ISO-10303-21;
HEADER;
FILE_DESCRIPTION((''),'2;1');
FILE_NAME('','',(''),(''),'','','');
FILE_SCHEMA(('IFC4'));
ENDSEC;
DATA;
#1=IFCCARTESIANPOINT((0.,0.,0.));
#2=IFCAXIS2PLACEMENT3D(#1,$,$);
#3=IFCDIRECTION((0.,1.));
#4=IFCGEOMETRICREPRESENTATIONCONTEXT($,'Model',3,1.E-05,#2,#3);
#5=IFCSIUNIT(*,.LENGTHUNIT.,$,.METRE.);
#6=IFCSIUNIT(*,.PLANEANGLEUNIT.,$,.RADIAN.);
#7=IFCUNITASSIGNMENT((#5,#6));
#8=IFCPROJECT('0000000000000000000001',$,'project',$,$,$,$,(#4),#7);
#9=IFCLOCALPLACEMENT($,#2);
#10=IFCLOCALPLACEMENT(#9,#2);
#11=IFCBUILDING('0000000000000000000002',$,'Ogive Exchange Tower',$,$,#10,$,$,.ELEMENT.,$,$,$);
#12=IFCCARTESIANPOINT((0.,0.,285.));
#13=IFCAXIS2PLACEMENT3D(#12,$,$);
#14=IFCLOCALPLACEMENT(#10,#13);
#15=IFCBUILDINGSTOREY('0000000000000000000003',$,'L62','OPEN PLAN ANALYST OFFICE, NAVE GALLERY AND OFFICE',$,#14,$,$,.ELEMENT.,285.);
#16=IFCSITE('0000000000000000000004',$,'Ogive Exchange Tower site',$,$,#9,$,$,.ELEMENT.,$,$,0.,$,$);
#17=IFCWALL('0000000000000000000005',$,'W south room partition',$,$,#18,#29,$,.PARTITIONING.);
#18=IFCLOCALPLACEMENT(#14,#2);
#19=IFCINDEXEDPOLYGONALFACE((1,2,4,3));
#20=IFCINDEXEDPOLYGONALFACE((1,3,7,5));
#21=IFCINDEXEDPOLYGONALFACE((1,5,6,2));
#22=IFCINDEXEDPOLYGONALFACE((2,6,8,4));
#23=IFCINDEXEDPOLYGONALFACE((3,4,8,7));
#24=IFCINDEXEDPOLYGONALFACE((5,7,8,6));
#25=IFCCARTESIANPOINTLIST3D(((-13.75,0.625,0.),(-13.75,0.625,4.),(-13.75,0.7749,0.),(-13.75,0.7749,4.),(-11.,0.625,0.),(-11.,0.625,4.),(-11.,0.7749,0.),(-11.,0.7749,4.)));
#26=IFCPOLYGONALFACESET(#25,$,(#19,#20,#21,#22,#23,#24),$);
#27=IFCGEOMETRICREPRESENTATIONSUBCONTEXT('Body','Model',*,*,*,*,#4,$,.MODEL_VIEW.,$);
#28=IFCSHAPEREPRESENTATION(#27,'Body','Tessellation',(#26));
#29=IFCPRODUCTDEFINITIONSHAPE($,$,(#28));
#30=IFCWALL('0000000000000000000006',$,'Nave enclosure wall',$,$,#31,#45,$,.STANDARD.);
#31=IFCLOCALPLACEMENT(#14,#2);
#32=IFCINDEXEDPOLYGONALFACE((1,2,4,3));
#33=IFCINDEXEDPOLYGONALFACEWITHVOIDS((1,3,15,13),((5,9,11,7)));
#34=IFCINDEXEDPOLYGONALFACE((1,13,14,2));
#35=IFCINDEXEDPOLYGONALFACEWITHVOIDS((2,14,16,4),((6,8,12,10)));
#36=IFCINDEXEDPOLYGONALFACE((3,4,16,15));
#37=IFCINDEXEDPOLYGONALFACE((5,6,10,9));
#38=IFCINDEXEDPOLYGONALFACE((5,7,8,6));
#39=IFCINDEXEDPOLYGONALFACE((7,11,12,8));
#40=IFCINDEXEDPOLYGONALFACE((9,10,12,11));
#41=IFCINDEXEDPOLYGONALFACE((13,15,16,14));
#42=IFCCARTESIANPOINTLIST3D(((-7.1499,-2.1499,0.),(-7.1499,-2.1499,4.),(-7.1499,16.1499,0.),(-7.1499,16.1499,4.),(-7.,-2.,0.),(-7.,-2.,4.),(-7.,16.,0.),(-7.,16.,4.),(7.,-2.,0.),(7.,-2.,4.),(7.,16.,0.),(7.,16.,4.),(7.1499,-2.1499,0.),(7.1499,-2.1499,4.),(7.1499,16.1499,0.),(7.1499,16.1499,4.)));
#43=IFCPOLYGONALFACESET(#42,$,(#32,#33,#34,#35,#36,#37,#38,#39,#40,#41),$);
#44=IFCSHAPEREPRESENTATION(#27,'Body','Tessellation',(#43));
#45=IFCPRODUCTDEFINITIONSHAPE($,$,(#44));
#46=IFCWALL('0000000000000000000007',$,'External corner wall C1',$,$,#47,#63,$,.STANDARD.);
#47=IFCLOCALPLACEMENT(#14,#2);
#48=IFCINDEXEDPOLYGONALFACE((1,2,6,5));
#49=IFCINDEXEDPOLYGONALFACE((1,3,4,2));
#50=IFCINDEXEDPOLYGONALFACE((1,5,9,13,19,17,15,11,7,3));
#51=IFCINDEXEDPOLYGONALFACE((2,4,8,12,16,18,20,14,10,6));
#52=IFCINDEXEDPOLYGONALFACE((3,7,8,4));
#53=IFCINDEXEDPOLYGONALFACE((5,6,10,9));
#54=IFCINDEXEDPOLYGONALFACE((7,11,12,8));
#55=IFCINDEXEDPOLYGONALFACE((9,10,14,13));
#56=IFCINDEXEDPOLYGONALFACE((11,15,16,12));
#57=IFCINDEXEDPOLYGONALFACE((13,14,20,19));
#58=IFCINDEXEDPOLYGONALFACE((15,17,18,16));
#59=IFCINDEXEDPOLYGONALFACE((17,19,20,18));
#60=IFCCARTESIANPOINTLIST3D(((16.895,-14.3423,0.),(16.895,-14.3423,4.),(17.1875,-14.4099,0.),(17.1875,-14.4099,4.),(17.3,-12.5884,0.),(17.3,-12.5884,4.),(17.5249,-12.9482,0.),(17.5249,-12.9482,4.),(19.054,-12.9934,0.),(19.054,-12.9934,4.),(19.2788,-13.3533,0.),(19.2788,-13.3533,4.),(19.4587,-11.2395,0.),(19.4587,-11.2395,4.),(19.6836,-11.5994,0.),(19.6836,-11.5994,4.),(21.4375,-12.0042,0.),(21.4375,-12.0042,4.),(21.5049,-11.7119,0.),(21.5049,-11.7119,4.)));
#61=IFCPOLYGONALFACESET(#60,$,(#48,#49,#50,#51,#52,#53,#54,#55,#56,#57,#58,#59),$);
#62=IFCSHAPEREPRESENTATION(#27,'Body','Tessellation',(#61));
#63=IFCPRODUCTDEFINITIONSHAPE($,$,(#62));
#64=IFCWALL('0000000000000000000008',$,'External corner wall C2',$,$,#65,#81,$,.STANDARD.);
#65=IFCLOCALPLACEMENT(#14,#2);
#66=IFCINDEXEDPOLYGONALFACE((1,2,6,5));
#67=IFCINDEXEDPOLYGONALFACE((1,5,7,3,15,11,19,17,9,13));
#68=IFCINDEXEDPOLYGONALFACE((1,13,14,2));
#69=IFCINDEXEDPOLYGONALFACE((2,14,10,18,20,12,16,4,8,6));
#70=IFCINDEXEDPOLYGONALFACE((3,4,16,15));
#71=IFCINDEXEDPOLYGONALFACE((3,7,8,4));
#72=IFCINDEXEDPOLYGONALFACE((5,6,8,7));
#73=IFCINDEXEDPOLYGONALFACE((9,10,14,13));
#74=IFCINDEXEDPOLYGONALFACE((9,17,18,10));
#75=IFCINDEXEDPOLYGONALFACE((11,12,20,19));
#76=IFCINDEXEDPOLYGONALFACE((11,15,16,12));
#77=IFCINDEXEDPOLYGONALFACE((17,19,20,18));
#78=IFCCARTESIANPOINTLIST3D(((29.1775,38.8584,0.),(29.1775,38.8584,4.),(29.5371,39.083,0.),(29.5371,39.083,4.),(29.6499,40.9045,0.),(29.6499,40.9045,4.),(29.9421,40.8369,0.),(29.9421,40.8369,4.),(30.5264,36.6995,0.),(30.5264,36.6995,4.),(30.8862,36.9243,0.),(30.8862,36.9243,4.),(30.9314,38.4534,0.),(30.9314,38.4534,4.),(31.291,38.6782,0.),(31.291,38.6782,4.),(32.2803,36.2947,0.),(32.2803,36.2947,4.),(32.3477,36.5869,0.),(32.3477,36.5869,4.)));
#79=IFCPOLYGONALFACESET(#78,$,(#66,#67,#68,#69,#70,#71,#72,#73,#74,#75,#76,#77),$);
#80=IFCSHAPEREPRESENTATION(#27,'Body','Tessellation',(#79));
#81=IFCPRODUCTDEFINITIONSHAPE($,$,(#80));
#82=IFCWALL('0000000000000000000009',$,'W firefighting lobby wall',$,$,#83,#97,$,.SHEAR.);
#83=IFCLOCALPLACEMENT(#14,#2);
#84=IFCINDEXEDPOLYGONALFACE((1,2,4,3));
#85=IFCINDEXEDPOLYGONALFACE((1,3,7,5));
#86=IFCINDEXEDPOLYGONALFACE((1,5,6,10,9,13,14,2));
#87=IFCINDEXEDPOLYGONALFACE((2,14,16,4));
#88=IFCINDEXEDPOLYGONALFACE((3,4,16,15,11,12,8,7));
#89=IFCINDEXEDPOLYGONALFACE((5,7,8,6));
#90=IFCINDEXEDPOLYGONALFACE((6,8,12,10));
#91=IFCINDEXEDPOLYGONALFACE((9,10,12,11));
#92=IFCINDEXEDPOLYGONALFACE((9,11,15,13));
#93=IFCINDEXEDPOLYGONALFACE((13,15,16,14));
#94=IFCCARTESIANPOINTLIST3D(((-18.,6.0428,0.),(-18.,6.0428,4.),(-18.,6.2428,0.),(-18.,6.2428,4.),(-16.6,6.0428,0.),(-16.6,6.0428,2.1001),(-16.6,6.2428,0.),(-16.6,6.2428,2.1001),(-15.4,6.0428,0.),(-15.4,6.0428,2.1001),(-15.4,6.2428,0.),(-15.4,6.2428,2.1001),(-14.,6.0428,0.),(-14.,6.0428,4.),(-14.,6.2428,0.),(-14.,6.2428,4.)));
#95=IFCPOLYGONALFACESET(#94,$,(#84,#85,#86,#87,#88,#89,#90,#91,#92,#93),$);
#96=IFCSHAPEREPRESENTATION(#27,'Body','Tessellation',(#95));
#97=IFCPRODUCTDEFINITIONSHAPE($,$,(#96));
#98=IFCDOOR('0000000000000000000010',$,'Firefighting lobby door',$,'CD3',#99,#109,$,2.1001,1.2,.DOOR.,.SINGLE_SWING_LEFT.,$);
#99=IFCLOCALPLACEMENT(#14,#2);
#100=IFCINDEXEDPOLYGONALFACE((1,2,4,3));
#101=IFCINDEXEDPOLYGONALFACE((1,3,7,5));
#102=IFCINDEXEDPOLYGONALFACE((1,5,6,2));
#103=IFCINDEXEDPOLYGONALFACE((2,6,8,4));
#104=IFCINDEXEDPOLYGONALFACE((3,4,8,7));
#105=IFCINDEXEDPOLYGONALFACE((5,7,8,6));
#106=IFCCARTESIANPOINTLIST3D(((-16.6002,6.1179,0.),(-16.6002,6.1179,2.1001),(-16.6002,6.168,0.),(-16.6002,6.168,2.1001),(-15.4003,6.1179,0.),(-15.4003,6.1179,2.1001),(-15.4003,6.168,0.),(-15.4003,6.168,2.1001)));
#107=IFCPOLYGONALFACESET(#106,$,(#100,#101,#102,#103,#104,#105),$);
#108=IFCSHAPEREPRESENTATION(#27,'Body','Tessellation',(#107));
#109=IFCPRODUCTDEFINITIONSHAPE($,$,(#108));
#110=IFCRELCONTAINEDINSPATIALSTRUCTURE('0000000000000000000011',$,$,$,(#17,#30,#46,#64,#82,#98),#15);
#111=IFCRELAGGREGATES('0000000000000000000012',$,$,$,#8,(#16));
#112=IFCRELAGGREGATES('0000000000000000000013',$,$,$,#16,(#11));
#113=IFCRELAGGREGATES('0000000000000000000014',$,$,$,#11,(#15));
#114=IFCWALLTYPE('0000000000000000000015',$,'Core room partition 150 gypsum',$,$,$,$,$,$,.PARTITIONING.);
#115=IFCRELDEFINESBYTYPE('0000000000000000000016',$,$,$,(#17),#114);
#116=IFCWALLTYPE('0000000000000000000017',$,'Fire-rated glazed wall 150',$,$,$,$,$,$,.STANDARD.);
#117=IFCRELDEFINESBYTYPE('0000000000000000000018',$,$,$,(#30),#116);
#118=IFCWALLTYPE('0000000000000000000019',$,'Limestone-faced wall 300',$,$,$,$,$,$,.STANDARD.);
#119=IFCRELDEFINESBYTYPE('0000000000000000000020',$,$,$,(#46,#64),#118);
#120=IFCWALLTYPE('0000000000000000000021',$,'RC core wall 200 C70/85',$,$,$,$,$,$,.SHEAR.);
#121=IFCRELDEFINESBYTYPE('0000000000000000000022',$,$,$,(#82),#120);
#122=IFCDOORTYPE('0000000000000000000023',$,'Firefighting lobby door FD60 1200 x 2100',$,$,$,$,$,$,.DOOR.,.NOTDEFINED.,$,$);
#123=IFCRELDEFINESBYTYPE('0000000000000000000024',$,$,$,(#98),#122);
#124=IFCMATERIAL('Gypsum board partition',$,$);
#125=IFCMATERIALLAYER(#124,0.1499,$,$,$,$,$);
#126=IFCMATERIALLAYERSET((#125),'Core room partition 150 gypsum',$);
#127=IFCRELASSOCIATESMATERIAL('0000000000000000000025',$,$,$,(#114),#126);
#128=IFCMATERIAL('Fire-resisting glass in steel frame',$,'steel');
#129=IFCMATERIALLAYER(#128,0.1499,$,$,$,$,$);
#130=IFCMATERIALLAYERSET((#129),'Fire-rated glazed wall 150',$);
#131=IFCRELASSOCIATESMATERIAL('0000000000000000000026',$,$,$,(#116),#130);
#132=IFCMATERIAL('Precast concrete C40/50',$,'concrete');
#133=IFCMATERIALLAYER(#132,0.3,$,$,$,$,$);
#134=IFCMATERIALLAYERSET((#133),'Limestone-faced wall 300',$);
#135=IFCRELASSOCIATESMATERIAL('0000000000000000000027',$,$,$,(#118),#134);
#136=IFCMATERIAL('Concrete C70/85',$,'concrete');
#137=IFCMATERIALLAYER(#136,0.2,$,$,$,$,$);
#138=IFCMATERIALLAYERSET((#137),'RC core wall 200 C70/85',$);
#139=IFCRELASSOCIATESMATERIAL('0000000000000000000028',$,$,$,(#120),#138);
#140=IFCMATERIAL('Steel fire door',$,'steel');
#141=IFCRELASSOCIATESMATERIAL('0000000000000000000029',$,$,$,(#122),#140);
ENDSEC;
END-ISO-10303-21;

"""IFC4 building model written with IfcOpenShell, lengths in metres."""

from ifc_helpers import new_model, si_unit, direction, frame, frame_2d, origin, place, context, subcontext, project, spatial, polyline, rectangle, outline, extrude, material, layer, layer_set, type_object, element, fill, save


model = new_model("IFC4")

# Units and contexts
model_context = context("Model", 3, precision=1e-05, world=origin(), true_north=direction((0.0, 1.0)))
body_context = subcontext(model_context, "Body", "Model", "MODEL_VIEW")
ifc_project = project(units=[si_unit("LENGTHUNIT", "METRE"), si_unit("PLANEANGLEUNIT", "RADIAN")], contexts=[model_context])

# Site, building, storey
site_placement = place(None, origin())
site = spatial("IfcSite", under=ifc_project, at=site_placement, Name="Ogive Exchange Tower site", CompositionType="ELEMENT", RefElevation=0.0)
building_placement = place(site_placement, origin())
building = spatial("IfcBuilding", under=site, at=building_placement, Name="Ogive Exchange Tower", CompositionType="ELEMENT")
storey_placement = place(building_placement, frame((0.0, 0.0, 285.0)))
storey = spatial("IfcBuildingStorey", under=building, at=storey_placement, Name="L62", Description="OPEN PLAN ANALYST OFFICE, NAVE GALLERY AND OFFICE", CompositionType="ELEMENT", Elevation=285.0)

# Walls
ifc_material_1 = material(Name="Gypsum board partition")
ifc_layer_1 = layer(ifc_material_1, 0.1499)
ifc_layer_set_1 = layer_set([ifc_layer_1], Name="Core room partition 150 gypsum")
wall_type_1 = type_object("IfcWallType", Name="Core room partition 150 gypsum", PredefinedType="PARTITIONING", material=ifc_layer_set_1)
wall_1_placement = place(storey_placement, frame((-13.75, 0.7, 0.0), z_axis=(0.0, 0.0, 1.0), x_axis=(1.0, 0.0, 0.0)))
element("IfcWall", 1, at=wall_1_placement, inside=storey, type_object=wall_type_1, Name="W south room partition", PredefinedType="PARTITIONING", context=body_context, shape_type="SweptSolid", body=[
    extrude(rectangle(XDim=2.75, YDim=0.1499, at=frame_2d((1.375, 0.0))), origin(), (0.0, 0.0, 1.0), 4.0),
])
ifc_material_2 = material(Name="Fire-resisting glass in steel frame", Category="steel")
ifc_layer_2 = layer(ifc_material_2, 0.1499)
ifc_layer_set_2 = layer_set([ifc_layer_2], Name="Fire-rated glazed wall 150")
wall_type_2 = type_object("IfcWallType", Name="Fire-rated glazed wall 150", PredefinedType="STANDARD", material=ifc_layer_set_2)
wall_2_placement = place(storey_placement, origin())
element("IfcWall", 2, at=wall_2_placement, inside=storey, type_object=wall_type_2, Name="Nave enclosure wall", PredefinedType="STANDARD", context=body_context, shape_type="SweptSolid", body=[
    extrude(outline(polyline([(-7.1499, -2.1499), (7.1499, -2.1499), (7.1499, 16.1499), (-7.1499, 16.1499), (-7.1499, -2.1499)]), holes=[polyline([(-7.0, -2.0), (-7.0, 16.0), (7.0, 16.0), (7.0, -2.0), (-7.0, -2.0)])]), origin(), (0.0, 0.0, 1.0), 4.0),
])
ifc_material_3 = material(Name="Precast concrete C40/50", Category="concrete")
ifc_layer_3 = layer(ifc_material_3, 0.3)
ifc_layer_set_3 = layer_set([ifc_layer_3], Name="Limestone-faced wall 300")
wall_type_3 = type_object("IfcWallType", Name="Limestone-faced wall 300", PredefinedType="STANDARD", material=ifc_layer_set_3)
wall_3_placement = place(storey_placement, origin())
element("IfcWall", 3, at=wall_3_placement, inside=storey, type_object=wall_type_3, Name="External corner wall C1", PredefinedType="STANDARD", context=body_context, shape_type="SweptSolid", body=[
    extrude(outline(polyline([(19.054, -12.9934), (19.4587, -11.2395), (21.5049, -11.7119), (21.4375, -12.0042), (19.6836, -11.5994), (19.2788, -13.3533), (17.5249, -12.9482), (17.1875, -14.4099), (16.895, -14.3423), (17.3, -12.5884), (19.054, -12.9934)])), origin(), (0.0, 0.0, 1.0), 4.0),
])
wall_4_placement = place(storey_placement, origin())
element("IfcWall", 4, at=wall_4_placement, inside=storey, type_object=wall_type_3, Name="External corner wall C2", PredefinedType="STANDARD", context=body_context, shape_type="SweptSolid", body=[
    extrude(outline(polyline([(30.9314, 38.4534), (29.1775, 38.8584), (29.6499, 40.9045), (29.9421, 40.8369), (29.5371, 39.083), (31.291, 38.6782), (30.8862, 36.9243), (32.3477, 36.5869), (32.2803, 36.2947), (30.5264, 36.6995), (30.9314, 38.4534)])), origin(), (0.0, 0.0, 1.0), 4.0),
])

# Wall, opening, door
ifc_material_4 = material(Name="Concrete C70/85", Category="concrete")
ifc_layer_4 = layer(ifc_material_4, 0.2)
ifc_layer_set_4 = layer_set([ifc_layer_4], Name="RC core wall 200 C70/85")
wall_type_4 = type_object("IfcWallType", Name="RC core wall 200 C70/85", PredefinedType="SHEAR", material=ifc_layer_set_4)
wall_5_placement = place(storey_placement, frame((-18.0, 6.1428, 0.0), z_axis=(0.0, 0.0, 1.0), x_axis=(1.0, 0.0, 0.0)))
wall_5 = element("IfcWall", 5, at=wall_5_placement, inside=storey, type_object=wall_type_4, Name="W firefighting lobby wall", PredefinedType="SHEAR", context=body_context, shape_type="SweptSolid", body=[
    extrude(rectangle(XDim=4.0, YDim=0.2, at=frame_2d((2.0, 0.0))), origin(), (0.0, 0.0, 1.0), 4.0),
])
opening_1_placement = place(wall_5_placement, frame((1.3999, 0.0, 0.0)))
opening_1 = element("IfcOpeningElement", 6, at=opening_1_placement, cuts=wall_5, PredefinedType="OPENING", context=body_context, shape_type="SweptSolid", body=[
    extrude(rectangle(XDim=1.2, YDim=2.1001, at=frame_2d((0.6001, 1.05))), frame((0.0, 0.1099, 0.0), z_axis=(0.0, -1.0, 0.0), x_axis=(1.0, 0.0, 0.0)), (0.0, 0.0, 1.0), 0.22),
])
ifc_material_5 = material(Name="Steel fire door", Category="steel")
door_type_1 = type_object("IfcDoorType", Name="Firefighting lobby door FD60 1200 x 2100", OperationType="NOTDEFINED", PredefinedType="DOOR", material=ifc_material_5)
door_1_placement = place(opening_1_placement, frame((1.2, 0.0, 0.0), z_axis=(0.0, 0.0, 1.0), x_axis=(-1.0, 0.0, 0.0)))
door_1 = element("IfcDoor", 7, at=door_1_placement, inside=storey, type_object=door_type_1, Name="Firefighting lobby door", ObjectType="CD3", OperationType="SINGLE_SWING_LEFT", OverallHeight=2.1001, OverallWidth=1.2, PredefinedType="DOOR", context=body_context, shape_type="SweptSolid", body=[
    extrude(rectangle(XDim=1.2, YDim=2.1001, at=frame_2d((0.6001, 1.05))), frame((0.0, 0.0249, 0.0), z_axis=(0.0, -1.0, 0.0), x_axis=(1.0, 0.0, 0.0)), (0.0, 0.0, 1.0), 0.05),
])
fill(opening_1, door_1)

save(model, "model.ifc")
